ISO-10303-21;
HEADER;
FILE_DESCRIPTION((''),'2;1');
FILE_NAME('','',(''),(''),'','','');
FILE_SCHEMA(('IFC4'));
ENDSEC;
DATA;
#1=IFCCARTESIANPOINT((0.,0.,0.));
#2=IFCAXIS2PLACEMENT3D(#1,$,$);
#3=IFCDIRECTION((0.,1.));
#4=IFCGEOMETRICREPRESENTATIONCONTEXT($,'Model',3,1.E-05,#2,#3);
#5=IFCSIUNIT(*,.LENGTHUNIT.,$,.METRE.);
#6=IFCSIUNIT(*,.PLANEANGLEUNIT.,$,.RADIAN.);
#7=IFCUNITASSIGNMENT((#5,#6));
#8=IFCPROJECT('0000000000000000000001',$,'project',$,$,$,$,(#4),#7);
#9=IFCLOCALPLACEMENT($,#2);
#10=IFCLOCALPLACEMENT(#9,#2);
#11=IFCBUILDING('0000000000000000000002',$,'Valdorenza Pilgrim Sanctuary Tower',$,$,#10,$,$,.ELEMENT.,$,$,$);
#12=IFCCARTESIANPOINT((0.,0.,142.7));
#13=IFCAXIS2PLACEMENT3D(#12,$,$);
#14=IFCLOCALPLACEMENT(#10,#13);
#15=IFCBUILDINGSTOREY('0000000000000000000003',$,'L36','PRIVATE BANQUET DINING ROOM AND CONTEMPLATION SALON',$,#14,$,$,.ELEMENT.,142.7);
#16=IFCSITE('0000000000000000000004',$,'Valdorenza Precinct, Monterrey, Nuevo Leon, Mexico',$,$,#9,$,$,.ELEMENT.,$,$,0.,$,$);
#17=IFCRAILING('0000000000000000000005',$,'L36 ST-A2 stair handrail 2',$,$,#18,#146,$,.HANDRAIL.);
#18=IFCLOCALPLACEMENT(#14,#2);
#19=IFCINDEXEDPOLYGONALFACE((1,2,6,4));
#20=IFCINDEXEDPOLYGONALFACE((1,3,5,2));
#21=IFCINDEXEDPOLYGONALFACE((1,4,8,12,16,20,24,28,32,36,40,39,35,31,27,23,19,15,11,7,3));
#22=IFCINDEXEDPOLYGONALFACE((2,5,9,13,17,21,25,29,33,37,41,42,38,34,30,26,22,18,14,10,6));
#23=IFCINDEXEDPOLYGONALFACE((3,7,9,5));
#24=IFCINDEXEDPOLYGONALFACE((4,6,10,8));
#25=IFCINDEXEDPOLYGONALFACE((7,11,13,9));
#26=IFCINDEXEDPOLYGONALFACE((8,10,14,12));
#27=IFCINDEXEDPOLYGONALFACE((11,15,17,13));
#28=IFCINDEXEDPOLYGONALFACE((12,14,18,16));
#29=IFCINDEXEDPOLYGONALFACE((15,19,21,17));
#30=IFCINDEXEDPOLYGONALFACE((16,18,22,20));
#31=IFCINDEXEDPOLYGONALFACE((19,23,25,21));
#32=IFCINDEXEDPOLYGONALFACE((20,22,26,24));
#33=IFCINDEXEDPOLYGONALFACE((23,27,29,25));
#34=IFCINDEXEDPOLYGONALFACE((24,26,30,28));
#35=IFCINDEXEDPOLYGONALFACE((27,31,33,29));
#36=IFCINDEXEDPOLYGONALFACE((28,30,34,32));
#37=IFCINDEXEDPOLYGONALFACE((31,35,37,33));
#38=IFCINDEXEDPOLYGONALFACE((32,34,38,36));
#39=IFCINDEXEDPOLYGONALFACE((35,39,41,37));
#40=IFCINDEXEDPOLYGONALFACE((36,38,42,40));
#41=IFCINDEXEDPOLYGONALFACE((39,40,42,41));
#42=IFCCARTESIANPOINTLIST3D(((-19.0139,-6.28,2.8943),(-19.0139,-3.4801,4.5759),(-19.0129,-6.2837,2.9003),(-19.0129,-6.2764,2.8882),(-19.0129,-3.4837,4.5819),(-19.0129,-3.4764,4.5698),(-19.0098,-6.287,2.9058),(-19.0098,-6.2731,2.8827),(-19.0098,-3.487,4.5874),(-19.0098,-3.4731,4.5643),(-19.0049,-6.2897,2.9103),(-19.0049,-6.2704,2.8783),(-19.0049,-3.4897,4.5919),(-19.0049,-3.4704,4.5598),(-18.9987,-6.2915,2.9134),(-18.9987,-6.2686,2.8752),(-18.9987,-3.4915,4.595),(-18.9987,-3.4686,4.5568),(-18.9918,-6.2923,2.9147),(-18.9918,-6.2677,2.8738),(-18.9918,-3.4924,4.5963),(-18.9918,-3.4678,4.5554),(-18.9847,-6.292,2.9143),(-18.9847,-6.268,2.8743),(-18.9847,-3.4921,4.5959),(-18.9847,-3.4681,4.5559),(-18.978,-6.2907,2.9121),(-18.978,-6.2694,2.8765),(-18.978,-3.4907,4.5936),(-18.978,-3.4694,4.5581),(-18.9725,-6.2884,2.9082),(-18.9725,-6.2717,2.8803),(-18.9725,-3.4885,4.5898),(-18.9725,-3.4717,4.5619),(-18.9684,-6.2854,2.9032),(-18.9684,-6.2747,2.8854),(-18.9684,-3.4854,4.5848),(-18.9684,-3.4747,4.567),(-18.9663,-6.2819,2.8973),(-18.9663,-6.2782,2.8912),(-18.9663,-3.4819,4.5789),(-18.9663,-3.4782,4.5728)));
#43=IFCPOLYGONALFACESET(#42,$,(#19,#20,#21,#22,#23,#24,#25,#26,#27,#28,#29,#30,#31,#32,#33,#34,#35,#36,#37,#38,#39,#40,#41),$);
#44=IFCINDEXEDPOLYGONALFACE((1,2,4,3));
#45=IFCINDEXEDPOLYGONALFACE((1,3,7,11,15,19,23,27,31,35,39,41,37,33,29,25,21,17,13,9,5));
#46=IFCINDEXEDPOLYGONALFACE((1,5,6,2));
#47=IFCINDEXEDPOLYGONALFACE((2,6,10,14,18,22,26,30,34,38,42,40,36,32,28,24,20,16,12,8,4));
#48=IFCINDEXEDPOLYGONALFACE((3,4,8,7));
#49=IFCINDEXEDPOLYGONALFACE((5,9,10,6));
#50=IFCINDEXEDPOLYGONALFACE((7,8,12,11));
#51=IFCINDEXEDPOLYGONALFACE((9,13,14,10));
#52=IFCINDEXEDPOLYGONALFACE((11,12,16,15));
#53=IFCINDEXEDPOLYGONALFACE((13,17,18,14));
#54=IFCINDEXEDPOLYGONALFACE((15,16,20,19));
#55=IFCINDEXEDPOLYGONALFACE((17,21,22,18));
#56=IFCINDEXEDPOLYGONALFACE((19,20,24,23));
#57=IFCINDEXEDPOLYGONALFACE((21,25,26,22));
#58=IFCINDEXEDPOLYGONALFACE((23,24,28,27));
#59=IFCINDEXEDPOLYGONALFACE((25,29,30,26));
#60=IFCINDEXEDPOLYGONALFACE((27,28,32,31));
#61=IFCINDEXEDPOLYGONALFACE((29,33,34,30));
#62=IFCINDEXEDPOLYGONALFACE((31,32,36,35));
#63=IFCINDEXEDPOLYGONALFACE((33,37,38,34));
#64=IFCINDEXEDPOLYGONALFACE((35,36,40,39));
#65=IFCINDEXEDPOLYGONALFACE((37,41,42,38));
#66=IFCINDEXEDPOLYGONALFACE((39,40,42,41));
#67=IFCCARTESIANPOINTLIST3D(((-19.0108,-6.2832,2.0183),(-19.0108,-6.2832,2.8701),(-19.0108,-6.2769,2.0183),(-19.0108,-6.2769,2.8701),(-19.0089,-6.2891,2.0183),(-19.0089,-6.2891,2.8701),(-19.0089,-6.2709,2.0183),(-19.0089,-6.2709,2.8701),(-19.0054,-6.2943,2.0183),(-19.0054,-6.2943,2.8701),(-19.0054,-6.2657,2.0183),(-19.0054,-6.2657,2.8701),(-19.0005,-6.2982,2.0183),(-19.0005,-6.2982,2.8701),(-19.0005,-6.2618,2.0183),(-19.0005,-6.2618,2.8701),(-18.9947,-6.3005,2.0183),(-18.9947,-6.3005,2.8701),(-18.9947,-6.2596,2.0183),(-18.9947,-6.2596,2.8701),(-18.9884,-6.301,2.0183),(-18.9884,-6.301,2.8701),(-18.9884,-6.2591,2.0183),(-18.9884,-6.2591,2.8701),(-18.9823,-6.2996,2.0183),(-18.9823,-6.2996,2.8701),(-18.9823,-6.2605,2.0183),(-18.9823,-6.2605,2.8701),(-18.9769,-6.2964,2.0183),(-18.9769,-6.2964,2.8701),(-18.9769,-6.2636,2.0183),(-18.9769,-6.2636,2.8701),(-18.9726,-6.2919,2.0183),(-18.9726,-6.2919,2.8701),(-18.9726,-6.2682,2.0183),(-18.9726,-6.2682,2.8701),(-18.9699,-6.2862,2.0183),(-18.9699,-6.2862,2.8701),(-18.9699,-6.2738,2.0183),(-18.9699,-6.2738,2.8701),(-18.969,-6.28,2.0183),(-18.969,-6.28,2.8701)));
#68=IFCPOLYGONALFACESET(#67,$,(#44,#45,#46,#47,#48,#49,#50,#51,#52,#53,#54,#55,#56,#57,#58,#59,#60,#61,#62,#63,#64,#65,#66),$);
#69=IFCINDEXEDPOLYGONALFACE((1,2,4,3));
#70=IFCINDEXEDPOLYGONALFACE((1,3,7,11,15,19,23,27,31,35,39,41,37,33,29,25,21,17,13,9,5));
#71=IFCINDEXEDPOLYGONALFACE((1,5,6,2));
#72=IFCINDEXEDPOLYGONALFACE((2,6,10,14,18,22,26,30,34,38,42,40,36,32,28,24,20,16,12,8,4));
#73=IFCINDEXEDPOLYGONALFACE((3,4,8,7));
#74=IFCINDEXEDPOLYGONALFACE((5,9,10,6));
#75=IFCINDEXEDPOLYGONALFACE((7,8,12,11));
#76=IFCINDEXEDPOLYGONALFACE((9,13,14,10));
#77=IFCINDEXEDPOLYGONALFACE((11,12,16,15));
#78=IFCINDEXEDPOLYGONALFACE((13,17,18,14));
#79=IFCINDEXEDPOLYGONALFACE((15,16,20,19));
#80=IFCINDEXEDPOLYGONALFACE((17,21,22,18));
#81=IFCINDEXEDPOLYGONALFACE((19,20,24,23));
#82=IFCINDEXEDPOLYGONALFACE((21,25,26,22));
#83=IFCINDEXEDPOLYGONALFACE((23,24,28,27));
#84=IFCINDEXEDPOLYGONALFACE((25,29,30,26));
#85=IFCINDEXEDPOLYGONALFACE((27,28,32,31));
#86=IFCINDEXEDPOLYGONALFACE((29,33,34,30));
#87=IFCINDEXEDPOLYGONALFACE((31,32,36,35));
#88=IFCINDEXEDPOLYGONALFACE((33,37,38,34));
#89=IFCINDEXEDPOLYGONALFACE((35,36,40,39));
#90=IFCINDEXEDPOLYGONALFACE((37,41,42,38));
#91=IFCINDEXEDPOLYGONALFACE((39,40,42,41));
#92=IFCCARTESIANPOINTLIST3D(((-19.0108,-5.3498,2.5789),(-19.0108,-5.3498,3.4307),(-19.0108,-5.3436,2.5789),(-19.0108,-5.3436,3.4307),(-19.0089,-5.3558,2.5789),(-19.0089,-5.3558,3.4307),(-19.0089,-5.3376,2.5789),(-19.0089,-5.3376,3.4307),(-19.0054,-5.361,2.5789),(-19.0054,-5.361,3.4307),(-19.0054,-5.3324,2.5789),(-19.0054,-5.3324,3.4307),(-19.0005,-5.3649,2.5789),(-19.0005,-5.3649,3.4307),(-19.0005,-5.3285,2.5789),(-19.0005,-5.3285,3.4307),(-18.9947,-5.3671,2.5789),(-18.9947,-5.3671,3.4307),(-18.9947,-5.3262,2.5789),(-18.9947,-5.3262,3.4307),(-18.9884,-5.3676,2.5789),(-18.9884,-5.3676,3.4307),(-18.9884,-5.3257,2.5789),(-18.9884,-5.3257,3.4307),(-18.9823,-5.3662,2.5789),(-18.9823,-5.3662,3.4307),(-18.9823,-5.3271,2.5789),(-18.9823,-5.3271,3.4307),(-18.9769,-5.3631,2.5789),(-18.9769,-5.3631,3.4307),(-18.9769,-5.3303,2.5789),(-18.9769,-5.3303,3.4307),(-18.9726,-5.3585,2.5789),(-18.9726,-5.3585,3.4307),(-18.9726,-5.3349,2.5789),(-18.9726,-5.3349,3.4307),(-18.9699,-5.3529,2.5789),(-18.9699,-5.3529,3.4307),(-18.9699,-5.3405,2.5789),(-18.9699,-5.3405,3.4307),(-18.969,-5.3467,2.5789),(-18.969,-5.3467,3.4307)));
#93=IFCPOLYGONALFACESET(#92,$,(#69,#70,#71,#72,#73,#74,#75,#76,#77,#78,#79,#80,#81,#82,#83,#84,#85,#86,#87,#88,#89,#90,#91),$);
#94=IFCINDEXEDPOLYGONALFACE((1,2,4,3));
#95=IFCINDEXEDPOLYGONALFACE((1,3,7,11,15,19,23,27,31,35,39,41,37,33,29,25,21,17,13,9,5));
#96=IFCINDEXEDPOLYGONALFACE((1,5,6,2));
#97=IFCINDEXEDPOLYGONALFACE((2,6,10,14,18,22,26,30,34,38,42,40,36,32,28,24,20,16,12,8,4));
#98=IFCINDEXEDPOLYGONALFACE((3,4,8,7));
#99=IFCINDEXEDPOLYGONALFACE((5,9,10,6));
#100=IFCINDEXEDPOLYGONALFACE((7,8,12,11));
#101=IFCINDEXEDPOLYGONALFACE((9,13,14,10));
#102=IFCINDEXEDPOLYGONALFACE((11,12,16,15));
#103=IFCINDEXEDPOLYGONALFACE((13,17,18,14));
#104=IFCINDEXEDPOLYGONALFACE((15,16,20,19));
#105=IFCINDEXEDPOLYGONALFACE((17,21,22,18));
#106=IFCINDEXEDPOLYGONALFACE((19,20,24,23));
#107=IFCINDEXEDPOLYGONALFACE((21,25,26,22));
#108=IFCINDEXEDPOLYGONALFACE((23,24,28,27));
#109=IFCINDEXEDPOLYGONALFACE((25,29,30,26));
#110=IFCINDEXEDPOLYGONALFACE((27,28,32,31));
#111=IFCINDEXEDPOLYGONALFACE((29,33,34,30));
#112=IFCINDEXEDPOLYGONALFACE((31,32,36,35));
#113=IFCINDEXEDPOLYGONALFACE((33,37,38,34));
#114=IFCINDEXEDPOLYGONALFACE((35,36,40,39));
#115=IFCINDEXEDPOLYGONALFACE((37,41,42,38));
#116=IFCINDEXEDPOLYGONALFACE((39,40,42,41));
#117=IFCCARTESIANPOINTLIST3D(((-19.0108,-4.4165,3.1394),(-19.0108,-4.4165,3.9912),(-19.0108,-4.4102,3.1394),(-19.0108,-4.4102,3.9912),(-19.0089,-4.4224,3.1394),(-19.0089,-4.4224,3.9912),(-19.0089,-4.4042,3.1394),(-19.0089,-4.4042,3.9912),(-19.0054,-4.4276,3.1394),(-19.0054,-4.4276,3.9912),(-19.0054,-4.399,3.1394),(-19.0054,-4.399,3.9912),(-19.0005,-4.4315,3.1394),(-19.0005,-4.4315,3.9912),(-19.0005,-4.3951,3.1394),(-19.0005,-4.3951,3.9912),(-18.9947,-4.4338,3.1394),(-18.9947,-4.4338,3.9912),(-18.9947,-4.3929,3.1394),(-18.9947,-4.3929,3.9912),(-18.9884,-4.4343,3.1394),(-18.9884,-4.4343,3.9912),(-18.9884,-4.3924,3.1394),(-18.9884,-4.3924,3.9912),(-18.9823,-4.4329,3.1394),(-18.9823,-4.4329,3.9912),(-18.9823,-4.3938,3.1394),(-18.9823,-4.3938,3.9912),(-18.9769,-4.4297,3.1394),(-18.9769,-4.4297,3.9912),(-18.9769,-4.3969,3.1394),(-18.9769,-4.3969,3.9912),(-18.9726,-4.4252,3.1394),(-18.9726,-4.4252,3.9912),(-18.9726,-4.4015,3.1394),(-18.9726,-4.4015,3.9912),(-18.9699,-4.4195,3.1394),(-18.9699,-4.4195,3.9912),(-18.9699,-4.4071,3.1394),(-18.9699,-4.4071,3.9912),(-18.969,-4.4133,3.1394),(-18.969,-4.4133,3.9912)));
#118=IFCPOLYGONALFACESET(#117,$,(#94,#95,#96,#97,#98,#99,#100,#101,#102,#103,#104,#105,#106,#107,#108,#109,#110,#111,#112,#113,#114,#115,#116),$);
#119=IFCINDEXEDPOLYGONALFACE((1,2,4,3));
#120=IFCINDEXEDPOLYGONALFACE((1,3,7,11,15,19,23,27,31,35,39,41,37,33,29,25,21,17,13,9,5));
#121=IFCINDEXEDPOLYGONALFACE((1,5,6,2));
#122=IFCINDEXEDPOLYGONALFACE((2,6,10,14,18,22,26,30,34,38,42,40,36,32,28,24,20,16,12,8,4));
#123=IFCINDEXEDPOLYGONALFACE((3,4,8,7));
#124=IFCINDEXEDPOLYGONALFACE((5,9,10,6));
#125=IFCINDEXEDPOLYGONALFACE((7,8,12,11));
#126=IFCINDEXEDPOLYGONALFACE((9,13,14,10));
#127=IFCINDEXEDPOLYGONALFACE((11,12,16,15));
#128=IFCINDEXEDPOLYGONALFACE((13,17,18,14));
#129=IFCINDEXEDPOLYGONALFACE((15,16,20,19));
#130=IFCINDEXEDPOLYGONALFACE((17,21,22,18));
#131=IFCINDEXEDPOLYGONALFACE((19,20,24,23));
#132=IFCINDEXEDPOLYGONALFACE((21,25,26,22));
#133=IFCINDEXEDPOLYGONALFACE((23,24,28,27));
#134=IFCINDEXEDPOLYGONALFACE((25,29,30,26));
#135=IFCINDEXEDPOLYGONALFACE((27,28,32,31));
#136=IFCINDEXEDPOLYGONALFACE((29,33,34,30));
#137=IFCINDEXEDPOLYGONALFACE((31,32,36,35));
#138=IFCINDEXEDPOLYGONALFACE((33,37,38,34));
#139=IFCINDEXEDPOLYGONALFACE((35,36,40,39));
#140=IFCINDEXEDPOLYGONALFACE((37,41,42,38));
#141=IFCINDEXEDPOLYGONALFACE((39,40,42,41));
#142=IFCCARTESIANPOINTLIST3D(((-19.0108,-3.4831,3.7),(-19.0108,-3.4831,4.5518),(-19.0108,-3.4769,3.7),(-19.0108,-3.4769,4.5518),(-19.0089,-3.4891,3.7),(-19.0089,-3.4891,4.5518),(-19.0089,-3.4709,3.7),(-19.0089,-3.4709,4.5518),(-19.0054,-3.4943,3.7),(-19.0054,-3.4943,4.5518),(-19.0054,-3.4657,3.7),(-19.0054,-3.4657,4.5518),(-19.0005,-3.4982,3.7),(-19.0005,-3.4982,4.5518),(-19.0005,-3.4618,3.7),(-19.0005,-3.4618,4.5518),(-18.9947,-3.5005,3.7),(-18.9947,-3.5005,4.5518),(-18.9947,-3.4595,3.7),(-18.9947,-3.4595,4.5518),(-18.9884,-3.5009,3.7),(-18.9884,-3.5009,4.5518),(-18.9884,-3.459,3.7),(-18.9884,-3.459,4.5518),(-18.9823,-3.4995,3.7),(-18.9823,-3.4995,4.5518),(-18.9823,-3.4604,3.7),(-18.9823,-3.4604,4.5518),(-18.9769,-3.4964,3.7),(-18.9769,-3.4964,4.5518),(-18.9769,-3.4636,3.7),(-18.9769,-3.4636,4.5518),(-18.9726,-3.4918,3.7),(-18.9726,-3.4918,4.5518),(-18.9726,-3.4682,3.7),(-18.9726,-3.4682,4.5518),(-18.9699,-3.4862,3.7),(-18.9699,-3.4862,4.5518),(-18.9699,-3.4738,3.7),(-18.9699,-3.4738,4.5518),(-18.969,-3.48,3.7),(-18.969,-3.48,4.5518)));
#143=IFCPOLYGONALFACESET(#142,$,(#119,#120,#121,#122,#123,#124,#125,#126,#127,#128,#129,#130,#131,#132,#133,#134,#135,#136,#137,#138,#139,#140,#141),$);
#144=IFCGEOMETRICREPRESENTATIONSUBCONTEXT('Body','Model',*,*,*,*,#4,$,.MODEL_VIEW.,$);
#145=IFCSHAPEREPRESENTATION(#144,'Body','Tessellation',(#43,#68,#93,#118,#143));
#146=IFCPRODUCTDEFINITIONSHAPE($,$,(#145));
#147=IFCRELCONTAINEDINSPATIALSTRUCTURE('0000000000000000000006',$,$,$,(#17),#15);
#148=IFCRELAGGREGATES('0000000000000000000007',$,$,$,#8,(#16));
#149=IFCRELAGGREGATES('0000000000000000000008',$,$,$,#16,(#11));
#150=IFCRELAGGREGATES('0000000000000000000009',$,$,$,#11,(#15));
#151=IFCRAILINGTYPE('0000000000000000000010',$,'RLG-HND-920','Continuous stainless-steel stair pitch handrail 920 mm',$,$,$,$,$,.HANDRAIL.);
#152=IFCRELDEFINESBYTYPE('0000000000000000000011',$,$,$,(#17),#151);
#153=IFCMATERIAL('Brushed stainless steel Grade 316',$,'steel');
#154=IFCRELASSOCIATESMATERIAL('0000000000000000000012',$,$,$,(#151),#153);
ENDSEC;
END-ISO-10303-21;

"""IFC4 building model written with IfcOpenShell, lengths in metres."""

from ifc_helpers import new_model, si_unit, direction, frame, origin, origin_2d, place, context, subcontext, project, spatial, circle, extrude, material, type_object, element, save


model = new_model("IFC4")

# Units and contexts
model_context = context("Model", 3, precision=1e-05, world=origin(), true_north=direction((0.0, 1.0)))
body_context = subcontext(model_context, "Body", "Model", "MODEL_VIEW")
ifc_project = project(units=[si_unit("LENGTHUNIT", "METRE"), si_unit("PLANEANGLEUNIT", "RADIAN")], contexts=[model_context])

# Site, building, storey
site_placement = place(None, origin())
site = spatial("IfcSite", under=ifc_project, at=site_placement, Name="Valdorenza Precinct, Monterrey, Nuevo Leon, Mexico", CompositionType="ELEMENT", RefElevation=0.0)
building_placement = place(site_placement, origin())
building = spatial("IfcBuilding", under=site, at=building_placement, Name="Valdorenza Pilgrim Sanctuary Tower", CompositionType="ELEMENT")
storey_placement = place(building_placement, frame((0.0, 0.0, 142.7)))
storey = spatial("IfcBuildingStorey", under=building, at=storey_placement, Name="L36", Description="PRIVATE BANQUET DINING ROOM AND CONTEMPLATION SALON", CompositionType="ELEMENT", Elevation=142.7)

# Shared definitions
ifc_material_1 = material(Name="Brushed stainless steel Grade 316", Category="steel")

# Railing
railing_type_1 = type_object("IfcRailingType", Name="RLG-HND-920", Description="Continuous stainless-steel stair pitch handrail 920 mm", PredefinedType="HANDRAIL", material=ifc_material_1)
railing_1_placement = place(storey_placement, frame((-18.99, -6.28, 2.0183)))
element("IfcRailing", 1, at=railing_1_placement, inside=storey, type_object=railing_type_1, Name="L36 ST-A2 stair handrail 2", PredefinedType="HANDRAIL", context=body_context, shape_type="SweptSolid", body=[
    extrude(circle(Radius=0.0239, at=origin_2d()), frame((0.0, 0.0, 0.876), z_axis=(0.0, 0.857275, 0.514858), x_axis=(-1.0, 0.0, 0.0)), (0.0, 0.0, 1.0), 3.2661),
    extrude(circle(Radius=0.021, at=origin_2d()), origin(), (0.0, 0.0, 1.0), 0.8518),
    extrude(circle(Radius=0.021, at=origin_2d()), frame((0.0, 0.9333, 0.5605)), (0.0, 0.0, 1.0), 0.8518),
    extrude(circle(Radius=0.021, at=origin_2d()), frame((0.0, 1.8667, 1.1211)), (0.0, 0.0, 1.0), 0.8518),
    extrude(circle(Radius=0.021, at=origin_2d()), frame((0.0, 2.8, 1.6816)), (0.0, 0.0, 1.0), 0.8518),
])

save(model, "model.ifc")
